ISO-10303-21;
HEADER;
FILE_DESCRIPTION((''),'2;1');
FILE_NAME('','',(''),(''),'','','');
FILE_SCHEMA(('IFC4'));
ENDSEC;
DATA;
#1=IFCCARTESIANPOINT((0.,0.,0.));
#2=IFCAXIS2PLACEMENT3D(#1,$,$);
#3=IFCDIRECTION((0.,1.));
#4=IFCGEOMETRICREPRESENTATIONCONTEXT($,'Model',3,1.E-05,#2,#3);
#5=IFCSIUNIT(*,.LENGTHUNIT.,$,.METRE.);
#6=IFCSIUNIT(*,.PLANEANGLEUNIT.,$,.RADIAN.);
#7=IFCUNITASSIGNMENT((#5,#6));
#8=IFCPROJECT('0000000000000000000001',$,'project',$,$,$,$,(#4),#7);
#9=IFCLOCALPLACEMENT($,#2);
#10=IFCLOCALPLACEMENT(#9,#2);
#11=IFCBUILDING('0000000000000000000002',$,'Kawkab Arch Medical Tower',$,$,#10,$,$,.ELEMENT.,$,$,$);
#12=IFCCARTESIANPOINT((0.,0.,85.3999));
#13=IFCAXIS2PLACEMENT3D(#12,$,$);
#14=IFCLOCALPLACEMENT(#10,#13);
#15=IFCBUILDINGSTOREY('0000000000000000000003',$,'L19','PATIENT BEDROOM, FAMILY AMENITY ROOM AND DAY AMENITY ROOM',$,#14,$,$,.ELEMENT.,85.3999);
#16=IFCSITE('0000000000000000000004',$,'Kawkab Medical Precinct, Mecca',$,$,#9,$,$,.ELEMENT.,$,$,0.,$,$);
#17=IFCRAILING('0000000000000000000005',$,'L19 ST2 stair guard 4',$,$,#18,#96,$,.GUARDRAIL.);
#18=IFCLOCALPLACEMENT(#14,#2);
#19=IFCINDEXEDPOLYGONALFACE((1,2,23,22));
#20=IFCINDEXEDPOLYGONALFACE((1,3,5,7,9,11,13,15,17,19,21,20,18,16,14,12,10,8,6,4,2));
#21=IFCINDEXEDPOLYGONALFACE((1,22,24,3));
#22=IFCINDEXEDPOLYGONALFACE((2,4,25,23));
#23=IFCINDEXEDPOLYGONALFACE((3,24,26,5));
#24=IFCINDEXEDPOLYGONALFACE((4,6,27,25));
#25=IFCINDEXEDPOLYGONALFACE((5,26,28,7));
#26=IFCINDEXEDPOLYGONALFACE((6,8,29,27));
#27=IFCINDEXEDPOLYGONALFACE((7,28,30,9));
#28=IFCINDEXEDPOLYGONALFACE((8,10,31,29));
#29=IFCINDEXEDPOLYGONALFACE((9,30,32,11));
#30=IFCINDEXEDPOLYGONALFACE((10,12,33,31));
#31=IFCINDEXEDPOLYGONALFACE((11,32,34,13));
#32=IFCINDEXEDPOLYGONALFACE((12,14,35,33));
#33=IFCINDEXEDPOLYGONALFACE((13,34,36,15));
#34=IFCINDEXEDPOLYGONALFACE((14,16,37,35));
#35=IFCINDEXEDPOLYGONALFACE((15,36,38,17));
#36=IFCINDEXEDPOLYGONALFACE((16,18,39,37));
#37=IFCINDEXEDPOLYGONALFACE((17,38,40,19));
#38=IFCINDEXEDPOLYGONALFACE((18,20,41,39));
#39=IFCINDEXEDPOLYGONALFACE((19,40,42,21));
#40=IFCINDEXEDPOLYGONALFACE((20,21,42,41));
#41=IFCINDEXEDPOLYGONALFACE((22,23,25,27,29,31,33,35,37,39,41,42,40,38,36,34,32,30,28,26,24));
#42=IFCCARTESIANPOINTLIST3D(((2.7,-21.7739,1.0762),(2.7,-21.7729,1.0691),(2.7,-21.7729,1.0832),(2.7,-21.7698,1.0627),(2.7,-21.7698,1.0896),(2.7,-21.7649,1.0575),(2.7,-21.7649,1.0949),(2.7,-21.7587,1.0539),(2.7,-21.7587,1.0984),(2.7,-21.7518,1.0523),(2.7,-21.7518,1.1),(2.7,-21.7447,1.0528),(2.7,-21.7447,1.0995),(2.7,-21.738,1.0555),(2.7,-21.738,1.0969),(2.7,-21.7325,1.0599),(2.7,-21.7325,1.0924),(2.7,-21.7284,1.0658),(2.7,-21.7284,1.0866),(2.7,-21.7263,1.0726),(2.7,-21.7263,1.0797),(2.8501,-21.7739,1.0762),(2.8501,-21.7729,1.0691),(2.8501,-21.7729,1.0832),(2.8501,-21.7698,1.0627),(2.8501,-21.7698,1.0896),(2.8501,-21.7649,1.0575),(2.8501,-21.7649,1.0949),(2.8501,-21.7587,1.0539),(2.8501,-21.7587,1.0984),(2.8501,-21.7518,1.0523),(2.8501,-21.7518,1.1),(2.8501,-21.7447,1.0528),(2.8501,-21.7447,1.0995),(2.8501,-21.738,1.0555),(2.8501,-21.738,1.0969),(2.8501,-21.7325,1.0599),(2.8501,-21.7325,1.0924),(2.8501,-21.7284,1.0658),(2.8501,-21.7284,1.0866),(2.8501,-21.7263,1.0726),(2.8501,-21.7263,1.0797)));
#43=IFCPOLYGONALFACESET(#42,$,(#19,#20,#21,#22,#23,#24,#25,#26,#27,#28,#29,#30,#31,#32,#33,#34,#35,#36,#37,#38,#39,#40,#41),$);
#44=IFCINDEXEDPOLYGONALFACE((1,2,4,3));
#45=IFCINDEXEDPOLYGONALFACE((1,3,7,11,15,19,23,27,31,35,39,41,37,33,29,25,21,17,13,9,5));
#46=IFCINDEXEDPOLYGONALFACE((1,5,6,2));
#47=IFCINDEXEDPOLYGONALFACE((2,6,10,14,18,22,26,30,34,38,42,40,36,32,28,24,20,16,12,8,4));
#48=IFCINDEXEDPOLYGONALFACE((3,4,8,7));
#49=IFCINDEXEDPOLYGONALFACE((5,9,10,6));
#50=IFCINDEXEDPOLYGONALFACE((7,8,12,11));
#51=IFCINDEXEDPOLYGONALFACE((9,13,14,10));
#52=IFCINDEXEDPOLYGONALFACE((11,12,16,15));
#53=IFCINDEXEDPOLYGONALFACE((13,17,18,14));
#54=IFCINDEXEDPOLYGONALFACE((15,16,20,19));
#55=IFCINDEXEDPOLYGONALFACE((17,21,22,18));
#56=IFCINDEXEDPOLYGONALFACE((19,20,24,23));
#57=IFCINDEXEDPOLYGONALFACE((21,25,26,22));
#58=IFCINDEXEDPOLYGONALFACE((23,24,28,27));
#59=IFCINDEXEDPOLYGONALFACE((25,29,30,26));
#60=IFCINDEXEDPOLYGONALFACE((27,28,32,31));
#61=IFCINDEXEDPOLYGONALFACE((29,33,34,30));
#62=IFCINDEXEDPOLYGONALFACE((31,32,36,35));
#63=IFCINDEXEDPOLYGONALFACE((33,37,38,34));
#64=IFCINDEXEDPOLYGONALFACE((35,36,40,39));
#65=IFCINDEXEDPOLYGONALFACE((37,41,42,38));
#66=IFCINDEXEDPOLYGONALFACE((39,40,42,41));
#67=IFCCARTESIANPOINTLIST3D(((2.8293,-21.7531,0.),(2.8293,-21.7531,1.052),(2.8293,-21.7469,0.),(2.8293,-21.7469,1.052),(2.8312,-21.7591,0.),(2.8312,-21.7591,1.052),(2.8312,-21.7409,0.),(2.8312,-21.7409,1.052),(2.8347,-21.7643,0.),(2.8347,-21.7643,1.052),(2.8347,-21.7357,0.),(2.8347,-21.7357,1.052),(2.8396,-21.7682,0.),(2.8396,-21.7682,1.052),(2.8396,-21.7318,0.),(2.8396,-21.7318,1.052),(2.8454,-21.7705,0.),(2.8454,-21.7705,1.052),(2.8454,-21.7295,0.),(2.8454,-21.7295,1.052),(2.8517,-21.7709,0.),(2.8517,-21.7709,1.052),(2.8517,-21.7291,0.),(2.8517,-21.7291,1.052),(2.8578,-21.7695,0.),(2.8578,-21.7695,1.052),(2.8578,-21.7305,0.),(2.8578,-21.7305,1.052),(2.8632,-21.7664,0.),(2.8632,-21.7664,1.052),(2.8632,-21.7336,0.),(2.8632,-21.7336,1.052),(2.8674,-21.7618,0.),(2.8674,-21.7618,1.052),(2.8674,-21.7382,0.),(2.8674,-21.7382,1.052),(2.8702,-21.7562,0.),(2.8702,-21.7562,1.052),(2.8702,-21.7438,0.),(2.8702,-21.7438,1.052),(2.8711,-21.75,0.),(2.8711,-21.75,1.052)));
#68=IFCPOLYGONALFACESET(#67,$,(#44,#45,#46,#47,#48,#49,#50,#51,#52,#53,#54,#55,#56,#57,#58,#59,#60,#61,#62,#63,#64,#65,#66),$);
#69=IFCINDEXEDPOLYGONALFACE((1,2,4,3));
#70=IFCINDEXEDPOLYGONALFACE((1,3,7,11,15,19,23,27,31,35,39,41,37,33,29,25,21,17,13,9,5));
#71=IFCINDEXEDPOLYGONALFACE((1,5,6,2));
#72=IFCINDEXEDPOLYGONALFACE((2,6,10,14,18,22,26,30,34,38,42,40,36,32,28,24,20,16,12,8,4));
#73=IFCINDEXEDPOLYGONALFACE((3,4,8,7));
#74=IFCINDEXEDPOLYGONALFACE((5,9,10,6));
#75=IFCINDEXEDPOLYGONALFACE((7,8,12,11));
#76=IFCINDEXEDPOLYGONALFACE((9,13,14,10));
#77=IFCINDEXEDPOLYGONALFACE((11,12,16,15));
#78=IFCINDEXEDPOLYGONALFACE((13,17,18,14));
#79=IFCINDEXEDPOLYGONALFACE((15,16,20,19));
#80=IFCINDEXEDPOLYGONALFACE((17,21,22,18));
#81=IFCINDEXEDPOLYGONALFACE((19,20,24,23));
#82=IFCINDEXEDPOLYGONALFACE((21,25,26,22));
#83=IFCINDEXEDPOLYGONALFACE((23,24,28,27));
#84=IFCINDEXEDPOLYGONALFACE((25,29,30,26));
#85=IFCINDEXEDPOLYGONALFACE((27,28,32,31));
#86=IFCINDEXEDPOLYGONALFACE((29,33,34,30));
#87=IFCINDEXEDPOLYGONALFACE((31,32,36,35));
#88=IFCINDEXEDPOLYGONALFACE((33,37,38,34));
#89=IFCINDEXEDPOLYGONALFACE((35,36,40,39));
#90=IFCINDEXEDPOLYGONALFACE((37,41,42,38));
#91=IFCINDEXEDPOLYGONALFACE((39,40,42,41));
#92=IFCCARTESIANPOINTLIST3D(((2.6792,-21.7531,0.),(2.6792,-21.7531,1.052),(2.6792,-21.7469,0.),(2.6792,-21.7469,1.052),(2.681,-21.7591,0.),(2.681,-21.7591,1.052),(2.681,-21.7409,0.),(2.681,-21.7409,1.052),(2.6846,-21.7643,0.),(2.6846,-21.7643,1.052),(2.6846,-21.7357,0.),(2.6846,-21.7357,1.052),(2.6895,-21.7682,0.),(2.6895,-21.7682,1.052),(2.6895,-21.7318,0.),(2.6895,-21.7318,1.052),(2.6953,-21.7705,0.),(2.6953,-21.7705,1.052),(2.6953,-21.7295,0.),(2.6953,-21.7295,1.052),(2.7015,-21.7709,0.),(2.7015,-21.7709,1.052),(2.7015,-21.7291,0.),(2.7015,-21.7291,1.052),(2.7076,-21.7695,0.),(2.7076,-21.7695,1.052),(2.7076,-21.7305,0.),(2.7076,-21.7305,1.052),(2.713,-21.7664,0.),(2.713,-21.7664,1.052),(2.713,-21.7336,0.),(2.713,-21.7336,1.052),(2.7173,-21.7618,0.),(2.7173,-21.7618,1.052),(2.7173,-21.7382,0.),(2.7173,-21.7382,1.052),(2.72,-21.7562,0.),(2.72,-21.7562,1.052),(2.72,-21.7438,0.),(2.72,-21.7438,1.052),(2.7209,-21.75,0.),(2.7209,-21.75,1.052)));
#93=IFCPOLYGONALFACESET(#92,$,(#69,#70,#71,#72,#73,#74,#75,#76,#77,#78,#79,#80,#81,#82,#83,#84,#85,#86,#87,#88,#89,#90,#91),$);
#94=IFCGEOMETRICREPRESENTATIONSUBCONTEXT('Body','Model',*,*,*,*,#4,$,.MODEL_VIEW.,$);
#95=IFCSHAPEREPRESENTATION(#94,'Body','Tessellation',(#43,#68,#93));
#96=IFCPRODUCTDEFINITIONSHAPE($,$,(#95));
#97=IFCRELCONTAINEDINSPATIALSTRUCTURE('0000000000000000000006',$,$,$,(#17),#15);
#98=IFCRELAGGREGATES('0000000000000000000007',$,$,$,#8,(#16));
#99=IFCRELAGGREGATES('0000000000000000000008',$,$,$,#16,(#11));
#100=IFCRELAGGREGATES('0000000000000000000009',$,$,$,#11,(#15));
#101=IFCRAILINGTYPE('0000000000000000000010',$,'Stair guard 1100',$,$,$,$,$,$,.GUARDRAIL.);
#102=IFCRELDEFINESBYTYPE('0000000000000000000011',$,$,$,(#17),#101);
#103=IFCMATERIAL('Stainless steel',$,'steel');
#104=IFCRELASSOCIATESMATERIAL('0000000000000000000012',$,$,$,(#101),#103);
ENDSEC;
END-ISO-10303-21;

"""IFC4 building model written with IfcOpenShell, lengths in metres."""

from ifc_helpers import new_model, si_unit, direction, frame, origin, origin_2d, place, context, subcontext, project, spatial, circle, extrude, material, type_object, element, save


model = new_model("IFC4")

# Units and contexts
model_context = context("Model", 3, precision=1e-05, world=origin(), true_north=direction((0.0, 1.0)))
body_context = subcontext(model_context, "Body", "Model", "MODEL_VIEW")
ifc_project = project(units=[si_unit("LENGTHUNIT", "METRE"), si_unit("PLANEANGLEUNIT", "RADIAN")], contexts=[model_context])

# Site, building, storey
site_placement = place(None, origin())
site = spatial("IfcSite", under=ifc_project, at=site_placement, Name="Kawkab Medical Precinct, Mecca", CompositionType="ELEMENT", RefElevation=0.0)
building_placement = place(site_placement, origin())
building = spatial("IfcBuilding", under=site, at=building_placement, Name="Kawkab Arch Medical Tower", CompositionType="ELEMENT")
storey_placement = place(building_placement, frame((0.0, 0.0, 85.3999)))
storey = spatial("IfcBuildingStorey", under=building, at=storey_placement, Name="L19", Description="PATIENT BEDROOM, FAMILY AMENITY ROOM AND DAY AMENITY ROOM", CompositionType="ELEMENT", Elevation=85.3999)

# Railing
ifc_material_1 = material(Name="Stainless steel", Category="steel")
railing_type_1 = type_object("IfcRailingType", Name="Stair guard 1100", PredefinedType="GUARDRAIL", material=ifc_material_1)
railing_1_placement = place(storey_placement, frame((2.8501, -21.75, 0.0)))
element("IfcRailing", 1, at=railing_1_placement, inside=storey, type_object=railing_type_1, Name="L19 ST2 stair guard 4", PredefinedType="GUARDRAIL", context=body_context, shape_type="SweptSolid", body=[
    extrude(circle(Radius=0.0239, at=origin_2d()), frame((0.0, 0.0, 1.0762), z_axis=(-1.0, 0.0, 0.0), x_axis=(0.0, -1.0, 0.0)), (0.0, 0.0, 1.0), 0.1501),
    extrude(circle(Radius=0.021, at=origin_2d()), origin(), (0.0, 0.0, 1.0), 1.052),
    extrude(circle(Radius=0.021, at=origin_2d()), frame((-0.1501, 0.0, 0.0)), (0.0, 0.0, 1.0), 1.052),
])

save(model, "model.ifc")
